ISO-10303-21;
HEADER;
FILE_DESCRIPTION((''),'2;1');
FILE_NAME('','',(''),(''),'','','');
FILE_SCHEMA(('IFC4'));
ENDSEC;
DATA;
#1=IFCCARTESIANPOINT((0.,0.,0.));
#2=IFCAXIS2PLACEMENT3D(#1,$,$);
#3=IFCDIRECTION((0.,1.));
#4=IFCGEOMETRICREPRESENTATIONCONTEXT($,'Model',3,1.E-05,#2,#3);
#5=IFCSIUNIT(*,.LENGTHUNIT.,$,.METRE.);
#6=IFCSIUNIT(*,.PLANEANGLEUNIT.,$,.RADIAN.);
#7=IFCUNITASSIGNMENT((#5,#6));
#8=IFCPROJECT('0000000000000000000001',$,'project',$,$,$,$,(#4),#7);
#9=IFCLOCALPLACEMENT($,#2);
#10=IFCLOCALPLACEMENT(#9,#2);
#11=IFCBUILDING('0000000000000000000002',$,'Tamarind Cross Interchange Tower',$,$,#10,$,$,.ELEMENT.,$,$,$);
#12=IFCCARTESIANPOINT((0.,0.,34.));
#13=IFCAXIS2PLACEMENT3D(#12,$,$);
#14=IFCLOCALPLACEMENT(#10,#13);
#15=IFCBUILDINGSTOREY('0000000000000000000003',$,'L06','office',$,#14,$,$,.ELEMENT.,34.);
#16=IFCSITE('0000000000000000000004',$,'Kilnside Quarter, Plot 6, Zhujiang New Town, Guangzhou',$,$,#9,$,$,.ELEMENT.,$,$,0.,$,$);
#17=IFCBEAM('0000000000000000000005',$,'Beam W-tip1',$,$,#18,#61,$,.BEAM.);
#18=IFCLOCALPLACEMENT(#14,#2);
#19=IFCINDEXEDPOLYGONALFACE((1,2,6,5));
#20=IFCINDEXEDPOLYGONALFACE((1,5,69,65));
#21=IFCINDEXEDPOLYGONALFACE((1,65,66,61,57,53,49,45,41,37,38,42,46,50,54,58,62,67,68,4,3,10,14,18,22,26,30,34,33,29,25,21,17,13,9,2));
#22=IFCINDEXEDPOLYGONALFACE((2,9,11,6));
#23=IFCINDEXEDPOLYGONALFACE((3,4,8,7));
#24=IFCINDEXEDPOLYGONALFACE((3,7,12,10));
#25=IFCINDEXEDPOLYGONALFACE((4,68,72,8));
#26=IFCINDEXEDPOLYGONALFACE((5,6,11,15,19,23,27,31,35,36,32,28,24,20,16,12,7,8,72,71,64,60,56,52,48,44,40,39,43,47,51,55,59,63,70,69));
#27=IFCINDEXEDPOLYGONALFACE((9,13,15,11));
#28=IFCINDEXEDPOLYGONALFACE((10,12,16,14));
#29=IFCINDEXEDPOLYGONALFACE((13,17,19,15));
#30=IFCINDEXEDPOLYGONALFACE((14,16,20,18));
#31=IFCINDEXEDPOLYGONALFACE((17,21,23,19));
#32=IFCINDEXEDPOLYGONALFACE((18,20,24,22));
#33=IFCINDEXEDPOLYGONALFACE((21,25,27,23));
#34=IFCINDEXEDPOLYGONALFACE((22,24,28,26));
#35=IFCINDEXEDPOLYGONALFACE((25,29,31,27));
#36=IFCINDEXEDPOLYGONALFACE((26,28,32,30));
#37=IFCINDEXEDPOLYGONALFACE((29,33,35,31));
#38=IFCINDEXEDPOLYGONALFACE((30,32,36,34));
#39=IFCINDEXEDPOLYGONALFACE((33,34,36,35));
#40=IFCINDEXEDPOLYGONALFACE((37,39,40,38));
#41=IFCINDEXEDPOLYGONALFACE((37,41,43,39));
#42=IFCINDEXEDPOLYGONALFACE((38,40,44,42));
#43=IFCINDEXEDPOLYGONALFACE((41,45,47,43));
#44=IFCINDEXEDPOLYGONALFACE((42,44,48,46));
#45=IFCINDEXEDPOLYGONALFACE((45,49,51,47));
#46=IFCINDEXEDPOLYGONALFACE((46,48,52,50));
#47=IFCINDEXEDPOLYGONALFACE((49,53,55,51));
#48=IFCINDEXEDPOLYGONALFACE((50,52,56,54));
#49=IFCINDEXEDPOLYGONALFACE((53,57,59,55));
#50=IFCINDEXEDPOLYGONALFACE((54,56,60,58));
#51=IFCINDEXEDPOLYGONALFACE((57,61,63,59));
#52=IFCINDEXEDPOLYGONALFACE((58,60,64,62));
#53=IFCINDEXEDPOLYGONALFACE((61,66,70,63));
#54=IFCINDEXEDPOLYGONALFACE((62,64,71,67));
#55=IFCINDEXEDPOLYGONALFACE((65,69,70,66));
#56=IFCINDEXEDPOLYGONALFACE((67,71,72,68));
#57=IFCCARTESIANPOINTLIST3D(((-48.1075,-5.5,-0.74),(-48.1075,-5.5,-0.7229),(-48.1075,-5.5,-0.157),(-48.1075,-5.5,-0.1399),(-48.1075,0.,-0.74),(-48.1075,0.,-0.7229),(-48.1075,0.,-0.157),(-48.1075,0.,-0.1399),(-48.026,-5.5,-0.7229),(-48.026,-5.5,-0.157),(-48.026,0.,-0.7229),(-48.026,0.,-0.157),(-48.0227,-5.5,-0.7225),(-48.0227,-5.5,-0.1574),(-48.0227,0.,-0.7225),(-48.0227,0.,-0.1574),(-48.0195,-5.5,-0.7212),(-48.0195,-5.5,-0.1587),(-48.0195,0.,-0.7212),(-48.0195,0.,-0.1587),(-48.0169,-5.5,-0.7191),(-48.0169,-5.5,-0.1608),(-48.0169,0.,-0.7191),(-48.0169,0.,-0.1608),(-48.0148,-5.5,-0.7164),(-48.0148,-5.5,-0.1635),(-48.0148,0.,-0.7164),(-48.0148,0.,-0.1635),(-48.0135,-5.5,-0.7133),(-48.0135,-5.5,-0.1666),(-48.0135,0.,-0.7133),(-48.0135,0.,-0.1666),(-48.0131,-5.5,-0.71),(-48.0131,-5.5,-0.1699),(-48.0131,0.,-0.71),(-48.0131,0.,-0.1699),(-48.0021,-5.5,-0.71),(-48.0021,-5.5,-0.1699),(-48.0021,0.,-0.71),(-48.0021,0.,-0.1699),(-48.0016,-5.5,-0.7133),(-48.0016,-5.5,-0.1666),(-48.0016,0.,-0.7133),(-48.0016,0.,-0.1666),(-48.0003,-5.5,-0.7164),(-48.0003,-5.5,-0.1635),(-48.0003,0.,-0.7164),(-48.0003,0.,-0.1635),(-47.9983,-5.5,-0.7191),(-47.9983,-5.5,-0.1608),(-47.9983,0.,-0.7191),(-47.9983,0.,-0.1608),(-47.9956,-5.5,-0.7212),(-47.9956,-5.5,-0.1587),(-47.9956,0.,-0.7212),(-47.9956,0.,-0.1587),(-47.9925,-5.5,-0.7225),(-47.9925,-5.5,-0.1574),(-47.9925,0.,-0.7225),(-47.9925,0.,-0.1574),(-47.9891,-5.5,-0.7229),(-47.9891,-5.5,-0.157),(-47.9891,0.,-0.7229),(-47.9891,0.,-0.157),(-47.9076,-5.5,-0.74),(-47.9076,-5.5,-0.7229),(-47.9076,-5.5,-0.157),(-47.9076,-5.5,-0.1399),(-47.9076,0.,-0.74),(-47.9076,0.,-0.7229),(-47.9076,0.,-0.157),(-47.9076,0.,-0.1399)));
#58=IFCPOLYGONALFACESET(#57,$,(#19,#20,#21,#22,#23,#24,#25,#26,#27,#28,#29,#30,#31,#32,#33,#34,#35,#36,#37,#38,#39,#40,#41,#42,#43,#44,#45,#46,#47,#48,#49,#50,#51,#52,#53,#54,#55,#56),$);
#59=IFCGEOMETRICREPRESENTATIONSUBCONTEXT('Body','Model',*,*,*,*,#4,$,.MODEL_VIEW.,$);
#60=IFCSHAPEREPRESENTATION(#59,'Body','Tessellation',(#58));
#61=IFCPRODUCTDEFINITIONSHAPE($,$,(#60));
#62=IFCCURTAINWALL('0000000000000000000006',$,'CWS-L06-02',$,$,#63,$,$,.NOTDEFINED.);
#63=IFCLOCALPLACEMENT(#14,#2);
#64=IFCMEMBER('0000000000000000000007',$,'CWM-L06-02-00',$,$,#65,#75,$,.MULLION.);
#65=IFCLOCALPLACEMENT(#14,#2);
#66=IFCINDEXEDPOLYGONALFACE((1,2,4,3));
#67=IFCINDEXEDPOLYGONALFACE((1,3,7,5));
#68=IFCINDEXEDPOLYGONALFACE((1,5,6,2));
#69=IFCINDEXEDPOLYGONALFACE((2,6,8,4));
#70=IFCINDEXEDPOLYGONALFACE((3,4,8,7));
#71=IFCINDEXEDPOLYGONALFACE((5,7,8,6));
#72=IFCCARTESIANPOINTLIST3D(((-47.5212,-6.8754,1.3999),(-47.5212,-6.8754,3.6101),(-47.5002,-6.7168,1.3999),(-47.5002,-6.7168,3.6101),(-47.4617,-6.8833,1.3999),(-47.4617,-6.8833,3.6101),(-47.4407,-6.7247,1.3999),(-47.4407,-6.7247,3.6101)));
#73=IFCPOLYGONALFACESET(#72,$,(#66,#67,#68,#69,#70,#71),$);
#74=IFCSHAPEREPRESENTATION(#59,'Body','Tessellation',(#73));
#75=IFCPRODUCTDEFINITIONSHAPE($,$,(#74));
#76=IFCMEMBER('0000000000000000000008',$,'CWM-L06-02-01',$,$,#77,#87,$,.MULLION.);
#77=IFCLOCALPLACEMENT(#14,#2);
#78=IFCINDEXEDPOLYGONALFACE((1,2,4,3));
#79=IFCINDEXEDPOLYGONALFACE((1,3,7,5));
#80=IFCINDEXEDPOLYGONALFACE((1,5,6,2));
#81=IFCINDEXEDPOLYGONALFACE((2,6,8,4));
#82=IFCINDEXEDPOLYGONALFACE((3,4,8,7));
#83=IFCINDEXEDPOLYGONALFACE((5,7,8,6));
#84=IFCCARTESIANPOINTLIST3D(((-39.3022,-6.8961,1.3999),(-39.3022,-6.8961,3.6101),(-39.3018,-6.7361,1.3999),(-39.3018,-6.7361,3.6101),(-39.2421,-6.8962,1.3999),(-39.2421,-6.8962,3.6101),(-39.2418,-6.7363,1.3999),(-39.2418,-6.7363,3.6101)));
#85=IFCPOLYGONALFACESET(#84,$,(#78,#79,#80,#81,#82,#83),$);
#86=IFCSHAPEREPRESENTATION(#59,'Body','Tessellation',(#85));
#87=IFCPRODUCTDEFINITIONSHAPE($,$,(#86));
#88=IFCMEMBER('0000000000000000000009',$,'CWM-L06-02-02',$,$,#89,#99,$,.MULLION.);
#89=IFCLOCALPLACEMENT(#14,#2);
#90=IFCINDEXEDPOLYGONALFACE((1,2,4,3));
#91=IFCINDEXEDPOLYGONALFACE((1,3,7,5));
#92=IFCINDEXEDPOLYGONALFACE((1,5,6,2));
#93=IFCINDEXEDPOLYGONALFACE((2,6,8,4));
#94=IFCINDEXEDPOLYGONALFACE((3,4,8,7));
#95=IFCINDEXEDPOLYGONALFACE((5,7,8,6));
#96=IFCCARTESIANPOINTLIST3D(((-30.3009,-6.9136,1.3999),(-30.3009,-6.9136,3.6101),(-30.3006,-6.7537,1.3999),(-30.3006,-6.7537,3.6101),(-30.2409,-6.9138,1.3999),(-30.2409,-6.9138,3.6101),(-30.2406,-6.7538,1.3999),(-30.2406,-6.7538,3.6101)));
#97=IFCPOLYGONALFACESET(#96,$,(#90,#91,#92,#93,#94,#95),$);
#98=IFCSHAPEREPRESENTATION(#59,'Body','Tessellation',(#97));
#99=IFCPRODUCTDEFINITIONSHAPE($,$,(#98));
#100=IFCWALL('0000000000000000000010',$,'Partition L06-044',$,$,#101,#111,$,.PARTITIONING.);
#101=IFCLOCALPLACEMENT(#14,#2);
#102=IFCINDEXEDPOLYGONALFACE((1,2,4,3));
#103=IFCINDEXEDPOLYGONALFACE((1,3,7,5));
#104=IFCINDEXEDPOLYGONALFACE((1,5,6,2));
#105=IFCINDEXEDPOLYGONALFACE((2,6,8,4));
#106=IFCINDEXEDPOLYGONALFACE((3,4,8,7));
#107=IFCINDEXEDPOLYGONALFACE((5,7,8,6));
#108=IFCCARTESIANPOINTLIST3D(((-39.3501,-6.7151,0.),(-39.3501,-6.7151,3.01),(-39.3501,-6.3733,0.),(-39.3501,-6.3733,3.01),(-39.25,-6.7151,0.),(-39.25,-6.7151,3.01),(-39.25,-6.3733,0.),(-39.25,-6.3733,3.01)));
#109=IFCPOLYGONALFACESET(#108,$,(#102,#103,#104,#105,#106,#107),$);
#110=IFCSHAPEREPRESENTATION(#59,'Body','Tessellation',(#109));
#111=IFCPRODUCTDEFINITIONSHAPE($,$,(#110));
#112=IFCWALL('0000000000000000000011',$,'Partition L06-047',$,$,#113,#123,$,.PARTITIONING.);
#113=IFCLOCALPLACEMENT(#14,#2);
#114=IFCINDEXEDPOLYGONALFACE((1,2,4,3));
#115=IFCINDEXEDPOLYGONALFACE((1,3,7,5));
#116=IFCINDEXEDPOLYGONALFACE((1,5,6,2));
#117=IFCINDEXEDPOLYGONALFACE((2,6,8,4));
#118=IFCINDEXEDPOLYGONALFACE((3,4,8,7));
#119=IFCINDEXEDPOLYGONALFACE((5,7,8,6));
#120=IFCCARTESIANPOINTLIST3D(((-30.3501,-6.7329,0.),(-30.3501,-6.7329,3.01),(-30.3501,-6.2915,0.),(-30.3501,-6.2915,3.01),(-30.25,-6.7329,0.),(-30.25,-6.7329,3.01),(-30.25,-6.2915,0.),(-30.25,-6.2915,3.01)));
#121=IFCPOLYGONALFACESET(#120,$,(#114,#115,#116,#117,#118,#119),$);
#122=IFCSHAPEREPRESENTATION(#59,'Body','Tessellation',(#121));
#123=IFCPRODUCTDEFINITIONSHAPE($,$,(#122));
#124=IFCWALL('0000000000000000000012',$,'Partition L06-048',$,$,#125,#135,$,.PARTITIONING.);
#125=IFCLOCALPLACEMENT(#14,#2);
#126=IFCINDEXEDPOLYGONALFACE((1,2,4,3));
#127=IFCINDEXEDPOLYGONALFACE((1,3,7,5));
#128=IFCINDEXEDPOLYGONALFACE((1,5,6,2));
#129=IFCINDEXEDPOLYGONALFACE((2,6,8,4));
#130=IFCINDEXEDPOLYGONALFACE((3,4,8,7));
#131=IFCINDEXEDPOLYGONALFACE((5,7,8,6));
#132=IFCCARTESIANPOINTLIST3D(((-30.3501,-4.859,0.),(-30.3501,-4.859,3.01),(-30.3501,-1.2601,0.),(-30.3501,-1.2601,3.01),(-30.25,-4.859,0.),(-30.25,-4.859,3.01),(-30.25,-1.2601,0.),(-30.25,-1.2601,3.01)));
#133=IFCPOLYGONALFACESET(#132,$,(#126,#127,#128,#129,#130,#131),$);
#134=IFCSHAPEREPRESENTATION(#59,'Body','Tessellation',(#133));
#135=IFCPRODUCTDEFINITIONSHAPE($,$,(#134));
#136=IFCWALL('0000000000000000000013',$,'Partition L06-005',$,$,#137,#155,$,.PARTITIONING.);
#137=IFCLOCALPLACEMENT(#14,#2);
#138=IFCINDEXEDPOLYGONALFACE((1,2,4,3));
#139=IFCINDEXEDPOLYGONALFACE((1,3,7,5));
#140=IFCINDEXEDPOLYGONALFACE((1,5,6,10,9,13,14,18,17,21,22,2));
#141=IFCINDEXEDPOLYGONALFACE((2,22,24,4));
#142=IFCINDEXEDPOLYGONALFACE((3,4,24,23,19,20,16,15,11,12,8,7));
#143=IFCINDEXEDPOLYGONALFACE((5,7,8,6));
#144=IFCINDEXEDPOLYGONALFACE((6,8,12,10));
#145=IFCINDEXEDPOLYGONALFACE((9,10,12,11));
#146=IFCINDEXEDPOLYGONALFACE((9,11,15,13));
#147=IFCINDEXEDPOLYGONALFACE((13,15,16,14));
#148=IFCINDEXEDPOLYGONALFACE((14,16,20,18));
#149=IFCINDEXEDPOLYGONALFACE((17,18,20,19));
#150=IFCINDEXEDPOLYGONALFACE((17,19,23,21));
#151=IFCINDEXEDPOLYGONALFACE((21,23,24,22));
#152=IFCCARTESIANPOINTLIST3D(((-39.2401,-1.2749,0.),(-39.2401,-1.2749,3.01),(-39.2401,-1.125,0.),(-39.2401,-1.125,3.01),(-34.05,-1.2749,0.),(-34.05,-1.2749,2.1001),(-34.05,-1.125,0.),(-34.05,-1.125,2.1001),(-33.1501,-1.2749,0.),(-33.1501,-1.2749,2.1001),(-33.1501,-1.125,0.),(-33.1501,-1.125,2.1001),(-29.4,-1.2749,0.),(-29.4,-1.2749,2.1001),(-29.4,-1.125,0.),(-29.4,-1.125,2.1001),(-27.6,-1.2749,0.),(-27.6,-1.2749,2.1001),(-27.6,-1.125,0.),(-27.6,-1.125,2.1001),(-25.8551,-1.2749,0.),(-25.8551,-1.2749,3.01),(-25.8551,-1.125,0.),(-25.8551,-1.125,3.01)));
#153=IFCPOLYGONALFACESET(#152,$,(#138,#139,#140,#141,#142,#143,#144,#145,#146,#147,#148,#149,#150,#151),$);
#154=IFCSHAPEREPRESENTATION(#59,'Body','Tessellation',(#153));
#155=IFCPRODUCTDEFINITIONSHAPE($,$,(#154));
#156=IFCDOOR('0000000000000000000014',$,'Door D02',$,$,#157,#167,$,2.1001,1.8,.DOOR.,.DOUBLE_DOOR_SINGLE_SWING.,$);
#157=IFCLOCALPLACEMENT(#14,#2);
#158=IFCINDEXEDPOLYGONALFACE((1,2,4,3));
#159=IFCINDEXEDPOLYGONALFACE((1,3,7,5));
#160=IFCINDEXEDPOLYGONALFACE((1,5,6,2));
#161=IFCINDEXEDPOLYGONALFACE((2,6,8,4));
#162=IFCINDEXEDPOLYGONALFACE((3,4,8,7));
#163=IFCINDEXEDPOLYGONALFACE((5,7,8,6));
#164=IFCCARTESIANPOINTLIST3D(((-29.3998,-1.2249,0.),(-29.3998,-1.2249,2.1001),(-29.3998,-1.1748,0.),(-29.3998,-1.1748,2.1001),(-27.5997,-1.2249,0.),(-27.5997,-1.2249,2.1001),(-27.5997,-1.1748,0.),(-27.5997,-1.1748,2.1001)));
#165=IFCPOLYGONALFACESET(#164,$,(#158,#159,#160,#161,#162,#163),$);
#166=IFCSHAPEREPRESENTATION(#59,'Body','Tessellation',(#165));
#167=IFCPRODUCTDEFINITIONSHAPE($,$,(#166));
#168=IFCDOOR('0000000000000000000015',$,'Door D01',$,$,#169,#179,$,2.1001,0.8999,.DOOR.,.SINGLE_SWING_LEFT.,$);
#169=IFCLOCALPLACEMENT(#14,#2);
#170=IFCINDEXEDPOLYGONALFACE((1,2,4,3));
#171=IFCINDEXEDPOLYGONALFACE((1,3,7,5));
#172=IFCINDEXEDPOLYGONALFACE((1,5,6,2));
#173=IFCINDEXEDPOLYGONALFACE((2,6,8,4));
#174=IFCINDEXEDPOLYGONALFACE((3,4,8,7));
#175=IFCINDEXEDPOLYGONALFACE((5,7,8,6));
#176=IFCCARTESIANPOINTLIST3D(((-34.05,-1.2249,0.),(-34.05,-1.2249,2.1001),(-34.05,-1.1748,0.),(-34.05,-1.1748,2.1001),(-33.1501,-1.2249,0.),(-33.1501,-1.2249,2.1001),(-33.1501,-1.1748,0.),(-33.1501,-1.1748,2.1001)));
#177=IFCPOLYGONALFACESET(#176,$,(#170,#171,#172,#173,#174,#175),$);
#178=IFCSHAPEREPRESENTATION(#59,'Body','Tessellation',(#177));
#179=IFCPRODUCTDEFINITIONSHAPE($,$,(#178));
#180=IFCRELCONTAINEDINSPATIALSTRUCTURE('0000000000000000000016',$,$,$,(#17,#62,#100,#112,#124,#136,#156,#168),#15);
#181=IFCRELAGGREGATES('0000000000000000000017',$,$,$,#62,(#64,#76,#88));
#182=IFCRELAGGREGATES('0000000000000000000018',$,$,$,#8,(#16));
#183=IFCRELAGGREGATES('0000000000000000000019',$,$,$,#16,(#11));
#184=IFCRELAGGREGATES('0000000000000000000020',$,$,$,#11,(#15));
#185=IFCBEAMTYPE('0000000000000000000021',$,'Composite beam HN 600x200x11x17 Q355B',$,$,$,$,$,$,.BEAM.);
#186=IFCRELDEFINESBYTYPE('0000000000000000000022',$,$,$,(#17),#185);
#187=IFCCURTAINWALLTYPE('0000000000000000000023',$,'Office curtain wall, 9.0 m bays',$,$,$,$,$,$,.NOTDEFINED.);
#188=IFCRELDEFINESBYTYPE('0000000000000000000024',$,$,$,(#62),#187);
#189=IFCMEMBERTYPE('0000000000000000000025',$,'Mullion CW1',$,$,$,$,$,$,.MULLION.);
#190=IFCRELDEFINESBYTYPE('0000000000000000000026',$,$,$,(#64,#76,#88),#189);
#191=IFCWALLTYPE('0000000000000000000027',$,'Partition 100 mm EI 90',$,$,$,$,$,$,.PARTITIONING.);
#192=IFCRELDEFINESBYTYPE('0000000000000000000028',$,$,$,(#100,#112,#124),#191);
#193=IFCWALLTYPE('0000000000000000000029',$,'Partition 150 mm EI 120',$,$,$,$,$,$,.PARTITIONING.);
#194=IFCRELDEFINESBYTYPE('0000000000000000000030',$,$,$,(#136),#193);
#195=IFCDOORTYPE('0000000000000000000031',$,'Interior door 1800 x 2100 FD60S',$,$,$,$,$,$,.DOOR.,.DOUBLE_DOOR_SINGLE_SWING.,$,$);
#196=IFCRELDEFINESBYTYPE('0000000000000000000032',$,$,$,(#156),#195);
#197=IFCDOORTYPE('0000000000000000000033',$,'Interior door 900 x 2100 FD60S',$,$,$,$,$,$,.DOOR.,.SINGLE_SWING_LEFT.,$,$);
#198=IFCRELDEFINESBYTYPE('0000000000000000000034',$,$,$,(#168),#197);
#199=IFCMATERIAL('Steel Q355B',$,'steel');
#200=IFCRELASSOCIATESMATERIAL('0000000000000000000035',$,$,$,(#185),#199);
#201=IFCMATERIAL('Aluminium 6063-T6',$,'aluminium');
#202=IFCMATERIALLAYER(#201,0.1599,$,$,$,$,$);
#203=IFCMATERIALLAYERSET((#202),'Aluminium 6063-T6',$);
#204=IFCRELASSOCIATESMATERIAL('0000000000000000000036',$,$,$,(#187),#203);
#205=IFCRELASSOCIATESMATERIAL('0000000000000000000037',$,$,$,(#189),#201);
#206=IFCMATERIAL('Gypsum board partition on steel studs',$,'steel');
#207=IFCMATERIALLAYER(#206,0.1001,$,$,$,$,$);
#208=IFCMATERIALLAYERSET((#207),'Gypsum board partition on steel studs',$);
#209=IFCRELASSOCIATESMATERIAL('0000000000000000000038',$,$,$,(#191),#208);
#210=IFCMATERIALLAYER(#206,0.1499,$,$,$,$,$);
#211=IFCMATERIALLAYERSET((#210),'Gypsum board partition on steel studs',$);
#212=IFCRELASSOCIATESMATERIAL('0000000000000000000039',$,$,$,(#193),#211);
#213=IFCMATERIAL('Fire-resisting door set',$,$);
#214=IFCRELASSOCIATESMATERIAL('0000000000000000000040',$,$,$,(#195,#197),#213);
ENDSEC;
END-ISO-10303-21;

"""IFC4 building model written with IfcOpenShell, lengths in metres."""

from ifc_helpers import new_model, si_unit, direction, frame, frame_2d, origin, origin_2d, place, context, subcontext, project, spatial, rectangle, i_section, extrude, material, layer, layer_set, material_profile, profile_set, type_object, element, fill, aggregate, save


model = new_model("IFC4")

# Units and contexts
model_context = context("Model", 3, precision=1e-05, world=origin(), true_north=direction((0.0, 1.0)))
body_context = subcontext(model_context, "Body", "Model", "MODEL_VIEW")
ifc_project = project(units=[si_unit("LENGTHUNIT", "METRE"), si_unit("PLANEANGLEUNIT", "RADIAN")], contexts=[model_context])

# Site, building, storey
site_placement = place(None, origin())
site = spatial("IfcSite", under=ifc_project, at=site_placement, Name="Kilnside Quarter, Plot 6, Zhujiang New Town, Guangzhou", CompositionType="ELEMENT", RefElevation=0.0)
building_placement = place(site_placement, origin())
building = spatial("IfcBuilding", under=site, at=building_placement, Name="Tamarind Cross Interchange Tower", CompositionType="ELEMENT")
storey_placement = place(building_placement, frame((0.0, 0.0, 34.0)))
storey = spatial("IfcBuildingStorey", under=building, at=storey_placement, Name="L06", Description="office", CompositionType="ELEMENT", Elevation=34.0)

# Beam
ifc_material_1 = material(Name="Steel Q355B", Category="steel")
ifc_material_profile_1 = material_profile(ifc_material_1, i_section(OverallWidth=0.2, OverallDepth=0.6001, WebThickness=0.011, FlangeThickness=0.0171, FilletRadius=0.0129, at=origin_2d()), Name="HN 600x200x11x17")
ifc_profile_set_1 = profile_set([ifc_material_profile_1], Name="Steel Q355B")
beam_type_1 = type_object("IfcBeamType", Name="Composite beam HN 600x200x11x17 Q355B", PredefinedType="BEAM", material=ifc_profile_set_1)
beam_1_placement = place(storey_placement, frame((-48.0076, 0.0, -0.4399), z_axis=(0.0, -1.0, 0.0), x_axis=(1.0, 0.0, 0.0)))
element("IfcBeam", 1, at=beam_1_placement, inside=storey, type_object=beam_type_1, Name="Beam W-tip1", PredefinedType="BEAM", context=body_context, shape_type="SweptSolid", body=[
    extrude(i_section(OverallWidth=0.2, OverallDepth=0.6001, WebThickness=0.011, FlangeThickness=0.0171, FilletRadius=0.0129, at=origin_2d()), origin(), (0.0, 0.0, 1.0), 5.5),
])

# Curtain wall, members
ifc_material_2 = material(Name="Aluminium 6063-T6", Category="aluminium")
ifc_layer_1 = layer(ifc_material_2, 0.1599)
ifc_layer_set_1 = layer_set([ifc_layer_1], Name="Aluminium 6063-T6")
curtain_wall_type = type_object("IfcCurtainWallType", Name="Office curtain wall, 9.0 m bays", PredefinedType="NOTDEFINED", material=ifc_layer_set_1)
curtain_wall_placement = place(storey_placement, origin())
curtain_wall = element("IfcCurtainWall", 2, at=curtain_wall_placement, inside=storey, type_object=curtain_wall_type, Name="CWS-L06-02", PredefinedType="NOTDEFINED")
ifc_material_profile_2 = material_profile(ifc_material_2, rectangle(XDim=0.0601, YDim=0.1599, at=origin_2d()), Name="Mullion CW1")
ifc_profile_set_2 = profile_set([ifc_material_profile_2], Name="Aluminium 6063-T6")
member_type = type_object("IfcMemberType", Name="Mullion CW1", PredefinedType="MULLION", material=ifc_profile_set_2)
member_1_placement = place(storey_placement, frame((-47.481, -6.8, 1.3999), z_axis=(0.0, 0.0, 1.0), x_axis=(0.991316, -0.131499, 0.0)))
member_1 = element("IfcMember", 3, at=member_1_placement, type_object=member_type, Name="CWM-L06-02-00", PredefinedType="MULLION", context=body_context, shape_type="SweptSolid", body=[
    extrude(rectangle(XDim=0.0601, YDim=0.1599, at=origin_2d()), origin(), (0.0, 0.0, 1.0), 2.2102),
])
member_2_placement = place(storey_placement, frame((-39.272, -6.8162, 1.3999), z_axis=(0.0, 0.0, 1.0), x_axis=(0.999998, -0.001962, 0.0)))
member_2 = element("IfcMember", 4, at=member_2_placement, type_object=member_type, Name="CWM-L06-02-01", PredefinedType="MULLION", context=body_context, shape_type="SweptSolid", body=[
    extrude(rectangle(XDim=0.0601, YDim=0.1599, at=origin_2d()), origin(), (0.0, 0.0, 1.0), 2.2102),
])
member_3_placement = place(storey_placement, frame((-30.2708, -6.8337, 1.3999), z_axis=(0.0, 0.0, 1.0), x_axis=(0.999998, -0.001962, 0.0)))
member_3 = element("IfcMember", 5, at=member_3_placement, type_object=member_type, Name="CWM-L06-02-02", PredefinedType="MULLION", context=body_context, shape_type="SweptSolid", body=[
    extrude(rectangle(XDim=0.0601, YDim=0.1599, at=origin_2d()), origin(), (0.0, 0.0, 1.0), 2.2102),
])
aggregate(curtain_wall, [member_1, member_2, member_3])

# Walls
ifc_material_3 = material(Name="Gypsum board partition on steel studs", Category="steel")
ifc_layer_2 = layer(ifc_material_3, 0.1001)
ifc_layer_set_2 = layer_set([ifc_layer_2], Name="Gypsum board partition on steel studs")
wall_type_1 = type_object("IfcWallType", Name="Partition 100 mm EI 90", PredefinedType="PARTITIONING", material=ifc_layer_set_2)
wall_1_placement = place(storey_placement, frame((-39.3, -6.7151, 0.0), z_axis=(0.0, 0.0, 1.0), x_axis=(0.0, 1.0, 0.0)))
element("IfcWall", 6, at=wall_1_placement, inside=storey, type_object=wall_type_1, Name="Partition L06-044", PredefinedType="PARTITIONING", context=body_context, shape_type="SweptSolid", body=[
    extrude(rectangle(XDim=0.3418, YDim=0.1001, at=frame_2d((0.1709, 0.0))), origin(), (0.0, 0.0, 1.0), 3.01),
])
wall_2_placement = place(storey_placement, frame((-30.3, -6.7329, 0.0), z_axis=(0.0, 0.0, 1.0), x_axis=(0.0, 1.0, 0.0)))
element("IfcWall", 7, at=wall_2_placement, inside=storey, type_object=wall_type_1, Name="Partition L06-047", PredefinedType="PARTITIONING", context=body_context, shape_type="SweptSolid", body=[
    extrude(rectangle(XDim=0.4414, YDim=0.1001, at=frame_2d((0.2207, 0.0))), origin(), (0.0, 0.0, 1.0), 3.01),
])
wall_3_placement = place(storey_placement, frame((-30.3, -4.8589, 0.0), z_axis=(0.0, 0.0, 1.0), x_axis=(0.0, 1.0, 0.0)))
element("IfcWall", 8, at=wall_3_placement, inside=storey, type_object=wall_type_1, Name="Partition L06-048", PredefinedType="PARTITIONING", context=body_context, shape_type="SweptSolid", body=[
    extrude(rectangle(XDim=3.5989, YDim=0.1001, at=frame_2d((1.7993, 0.0))), origin(), (0.0, 0.0, 1.0), 3.01),
])

# Wall, openings, doors
ifc_layer_3 = layer(ifc_material_3, 0.1499)
ifc_layer_set_3 = layer_set([ifc_layer_3], Name="Gypsum board partition on steel studs")
wall_type_2 = type_object("IfcWallType", Name="Partition 150 mm EI 120", PredefinedType="PARTITIONING", material=ifc_layer_set_3)
wall_4_placement = place(storey_placement, frame((-39.24, -1.2, 0.0), z_axis=(0.0, 0.0, 1.0), x_axis=(1.0, 0.0, 0.0)))
wall_4 = element("IfcWall", 9, at=wall_4_placement, inside=storey, type_object=wall_type_2, Name="Partition L06-005", PredefinedType="PARTITIONING", context=body_context, shape_type="SweptSolid", body=[
    extrude(rectangle(XDim=13.385, YDim=0.1499, at=frame_2d((6.6924, 0.0))), origin(), (0.0, 0.0, 1.0), 3.01),
])
opening_1_placement = place(wall_4_placement, frame((5.1899, 0.0, 0.0)))
opening_1 = element("IfcOpeningElement", 10, at=opening_1_placement, cuts=wall_4, PredefinedType="OPENING", context=body_context, shape_type="SweptSolid", body=[
    extrude(rectangle(XDim=0.8999, YDim=2.1001, at=frame_2d((0.45, 1.05))), frame((0.0, 0.085, 0.0), z_axis=(0.0, -1.0, 0.0), x_axis=(1.0, 0.0, 0.0)), (0.0, 0.0, 1.0), 0.1699),
])
opening_2_placement = place(wall_4_placement, frame((9.8401, 0.0, 0.0)))
opening_2 = element("IfcOpeningElement", 11, at=opening_2_placement, cuts=wall_4, PredefinedType="OPENING", context=body_context, shape_type="SweptSolid", body=[
    extrude(rectangle(XDim=1.8, YDim=2.1001, at=frame_2d((0.8999, 1.05))), frame((0.0, 0.085, 0.0), z_axis=(0.0, -1.0, 0.0), x_axis=(1.0, 0.0, 0.0)), (0.0, 0.0, 1.0), 0.1699),
])
ifc_material_4 = material(Name="Fire-resisting door set")
door_type_1 = type_object("IfcDoorType", Name="Interior door 1800 x 2100 FD60S", OperationType="DOUBLE_DOOR_SINGLE_SWING", PredefinedType="DOOR", material=ifc_material_4)
door_1_placement = place(opening_2_placement, frame((1.8, 0.0, 0.0), z_axis=(0.0, 0.0, 1.0), x_axis=(-1.0, 0.0, 0.0)))
door_1 = element("IfcDoor", 12, at=door_1_placement, inside=storey, type_object=door_type_1, Name="Door D02", OperationType="DOUBLE_DOOR_SINGLE_SWING", OverallHeight=2.1001, OverallWidth=1.8, PredefinedType="DOOR", context=body_context, shape_type="SweptSolid", body=[
    extrude(rectangle(XDim=1.8, YDim=2.1001, at=frame_2d((0.8999, 1.05))), frame((0.0, 0.0249, 0.0), z_axis=(0.0, -1.0, 0.0), x_axis=(1.0, 0.0, 0.0)), (0.0, 0.0, 1.0), 0.05),
])
fill(opening_2, door_1)
door_type_2 = type_object("IfcDoorType", Name="Interior door 900 x 2100 FD60S", OperationType="SINGLE_SWING_LEFT", PredefinedType="DOOR", material=ifc_material_4)
door_2_placement = place(opening_1_placement, frame((0.8999, 0.0, 0.0), z_axis=(0.0, 0.0, 1.0), x_axis=(-1.0, 0.0, 0.0)))
door_2 = element("IfcDoor", 13, at=door_2_placement, inside=storey, type_object=door_type_2, Name="Door D01", OperationType="SINGLE_SWING_LEFT", OverallHeight=2.1001, OverallWidth=0.8999, PredefinedType="DOOR", context=body_context, shape_type="SweptSolid", body=[
    extrude(rectangle(XDim=0.8999, YDim=2.1001, at=frame_2d((0.45, 1.05))), frame((0.0, 0.0249, 0.0), z_axis=(0.0, -1.0, 0.0), x_axis=(1.0, 0.0, 0.0)), (0.0, 0.0, 1.0), 0.05),
])
fill(opening_1, door_2)

save(model, "model.ifc")
